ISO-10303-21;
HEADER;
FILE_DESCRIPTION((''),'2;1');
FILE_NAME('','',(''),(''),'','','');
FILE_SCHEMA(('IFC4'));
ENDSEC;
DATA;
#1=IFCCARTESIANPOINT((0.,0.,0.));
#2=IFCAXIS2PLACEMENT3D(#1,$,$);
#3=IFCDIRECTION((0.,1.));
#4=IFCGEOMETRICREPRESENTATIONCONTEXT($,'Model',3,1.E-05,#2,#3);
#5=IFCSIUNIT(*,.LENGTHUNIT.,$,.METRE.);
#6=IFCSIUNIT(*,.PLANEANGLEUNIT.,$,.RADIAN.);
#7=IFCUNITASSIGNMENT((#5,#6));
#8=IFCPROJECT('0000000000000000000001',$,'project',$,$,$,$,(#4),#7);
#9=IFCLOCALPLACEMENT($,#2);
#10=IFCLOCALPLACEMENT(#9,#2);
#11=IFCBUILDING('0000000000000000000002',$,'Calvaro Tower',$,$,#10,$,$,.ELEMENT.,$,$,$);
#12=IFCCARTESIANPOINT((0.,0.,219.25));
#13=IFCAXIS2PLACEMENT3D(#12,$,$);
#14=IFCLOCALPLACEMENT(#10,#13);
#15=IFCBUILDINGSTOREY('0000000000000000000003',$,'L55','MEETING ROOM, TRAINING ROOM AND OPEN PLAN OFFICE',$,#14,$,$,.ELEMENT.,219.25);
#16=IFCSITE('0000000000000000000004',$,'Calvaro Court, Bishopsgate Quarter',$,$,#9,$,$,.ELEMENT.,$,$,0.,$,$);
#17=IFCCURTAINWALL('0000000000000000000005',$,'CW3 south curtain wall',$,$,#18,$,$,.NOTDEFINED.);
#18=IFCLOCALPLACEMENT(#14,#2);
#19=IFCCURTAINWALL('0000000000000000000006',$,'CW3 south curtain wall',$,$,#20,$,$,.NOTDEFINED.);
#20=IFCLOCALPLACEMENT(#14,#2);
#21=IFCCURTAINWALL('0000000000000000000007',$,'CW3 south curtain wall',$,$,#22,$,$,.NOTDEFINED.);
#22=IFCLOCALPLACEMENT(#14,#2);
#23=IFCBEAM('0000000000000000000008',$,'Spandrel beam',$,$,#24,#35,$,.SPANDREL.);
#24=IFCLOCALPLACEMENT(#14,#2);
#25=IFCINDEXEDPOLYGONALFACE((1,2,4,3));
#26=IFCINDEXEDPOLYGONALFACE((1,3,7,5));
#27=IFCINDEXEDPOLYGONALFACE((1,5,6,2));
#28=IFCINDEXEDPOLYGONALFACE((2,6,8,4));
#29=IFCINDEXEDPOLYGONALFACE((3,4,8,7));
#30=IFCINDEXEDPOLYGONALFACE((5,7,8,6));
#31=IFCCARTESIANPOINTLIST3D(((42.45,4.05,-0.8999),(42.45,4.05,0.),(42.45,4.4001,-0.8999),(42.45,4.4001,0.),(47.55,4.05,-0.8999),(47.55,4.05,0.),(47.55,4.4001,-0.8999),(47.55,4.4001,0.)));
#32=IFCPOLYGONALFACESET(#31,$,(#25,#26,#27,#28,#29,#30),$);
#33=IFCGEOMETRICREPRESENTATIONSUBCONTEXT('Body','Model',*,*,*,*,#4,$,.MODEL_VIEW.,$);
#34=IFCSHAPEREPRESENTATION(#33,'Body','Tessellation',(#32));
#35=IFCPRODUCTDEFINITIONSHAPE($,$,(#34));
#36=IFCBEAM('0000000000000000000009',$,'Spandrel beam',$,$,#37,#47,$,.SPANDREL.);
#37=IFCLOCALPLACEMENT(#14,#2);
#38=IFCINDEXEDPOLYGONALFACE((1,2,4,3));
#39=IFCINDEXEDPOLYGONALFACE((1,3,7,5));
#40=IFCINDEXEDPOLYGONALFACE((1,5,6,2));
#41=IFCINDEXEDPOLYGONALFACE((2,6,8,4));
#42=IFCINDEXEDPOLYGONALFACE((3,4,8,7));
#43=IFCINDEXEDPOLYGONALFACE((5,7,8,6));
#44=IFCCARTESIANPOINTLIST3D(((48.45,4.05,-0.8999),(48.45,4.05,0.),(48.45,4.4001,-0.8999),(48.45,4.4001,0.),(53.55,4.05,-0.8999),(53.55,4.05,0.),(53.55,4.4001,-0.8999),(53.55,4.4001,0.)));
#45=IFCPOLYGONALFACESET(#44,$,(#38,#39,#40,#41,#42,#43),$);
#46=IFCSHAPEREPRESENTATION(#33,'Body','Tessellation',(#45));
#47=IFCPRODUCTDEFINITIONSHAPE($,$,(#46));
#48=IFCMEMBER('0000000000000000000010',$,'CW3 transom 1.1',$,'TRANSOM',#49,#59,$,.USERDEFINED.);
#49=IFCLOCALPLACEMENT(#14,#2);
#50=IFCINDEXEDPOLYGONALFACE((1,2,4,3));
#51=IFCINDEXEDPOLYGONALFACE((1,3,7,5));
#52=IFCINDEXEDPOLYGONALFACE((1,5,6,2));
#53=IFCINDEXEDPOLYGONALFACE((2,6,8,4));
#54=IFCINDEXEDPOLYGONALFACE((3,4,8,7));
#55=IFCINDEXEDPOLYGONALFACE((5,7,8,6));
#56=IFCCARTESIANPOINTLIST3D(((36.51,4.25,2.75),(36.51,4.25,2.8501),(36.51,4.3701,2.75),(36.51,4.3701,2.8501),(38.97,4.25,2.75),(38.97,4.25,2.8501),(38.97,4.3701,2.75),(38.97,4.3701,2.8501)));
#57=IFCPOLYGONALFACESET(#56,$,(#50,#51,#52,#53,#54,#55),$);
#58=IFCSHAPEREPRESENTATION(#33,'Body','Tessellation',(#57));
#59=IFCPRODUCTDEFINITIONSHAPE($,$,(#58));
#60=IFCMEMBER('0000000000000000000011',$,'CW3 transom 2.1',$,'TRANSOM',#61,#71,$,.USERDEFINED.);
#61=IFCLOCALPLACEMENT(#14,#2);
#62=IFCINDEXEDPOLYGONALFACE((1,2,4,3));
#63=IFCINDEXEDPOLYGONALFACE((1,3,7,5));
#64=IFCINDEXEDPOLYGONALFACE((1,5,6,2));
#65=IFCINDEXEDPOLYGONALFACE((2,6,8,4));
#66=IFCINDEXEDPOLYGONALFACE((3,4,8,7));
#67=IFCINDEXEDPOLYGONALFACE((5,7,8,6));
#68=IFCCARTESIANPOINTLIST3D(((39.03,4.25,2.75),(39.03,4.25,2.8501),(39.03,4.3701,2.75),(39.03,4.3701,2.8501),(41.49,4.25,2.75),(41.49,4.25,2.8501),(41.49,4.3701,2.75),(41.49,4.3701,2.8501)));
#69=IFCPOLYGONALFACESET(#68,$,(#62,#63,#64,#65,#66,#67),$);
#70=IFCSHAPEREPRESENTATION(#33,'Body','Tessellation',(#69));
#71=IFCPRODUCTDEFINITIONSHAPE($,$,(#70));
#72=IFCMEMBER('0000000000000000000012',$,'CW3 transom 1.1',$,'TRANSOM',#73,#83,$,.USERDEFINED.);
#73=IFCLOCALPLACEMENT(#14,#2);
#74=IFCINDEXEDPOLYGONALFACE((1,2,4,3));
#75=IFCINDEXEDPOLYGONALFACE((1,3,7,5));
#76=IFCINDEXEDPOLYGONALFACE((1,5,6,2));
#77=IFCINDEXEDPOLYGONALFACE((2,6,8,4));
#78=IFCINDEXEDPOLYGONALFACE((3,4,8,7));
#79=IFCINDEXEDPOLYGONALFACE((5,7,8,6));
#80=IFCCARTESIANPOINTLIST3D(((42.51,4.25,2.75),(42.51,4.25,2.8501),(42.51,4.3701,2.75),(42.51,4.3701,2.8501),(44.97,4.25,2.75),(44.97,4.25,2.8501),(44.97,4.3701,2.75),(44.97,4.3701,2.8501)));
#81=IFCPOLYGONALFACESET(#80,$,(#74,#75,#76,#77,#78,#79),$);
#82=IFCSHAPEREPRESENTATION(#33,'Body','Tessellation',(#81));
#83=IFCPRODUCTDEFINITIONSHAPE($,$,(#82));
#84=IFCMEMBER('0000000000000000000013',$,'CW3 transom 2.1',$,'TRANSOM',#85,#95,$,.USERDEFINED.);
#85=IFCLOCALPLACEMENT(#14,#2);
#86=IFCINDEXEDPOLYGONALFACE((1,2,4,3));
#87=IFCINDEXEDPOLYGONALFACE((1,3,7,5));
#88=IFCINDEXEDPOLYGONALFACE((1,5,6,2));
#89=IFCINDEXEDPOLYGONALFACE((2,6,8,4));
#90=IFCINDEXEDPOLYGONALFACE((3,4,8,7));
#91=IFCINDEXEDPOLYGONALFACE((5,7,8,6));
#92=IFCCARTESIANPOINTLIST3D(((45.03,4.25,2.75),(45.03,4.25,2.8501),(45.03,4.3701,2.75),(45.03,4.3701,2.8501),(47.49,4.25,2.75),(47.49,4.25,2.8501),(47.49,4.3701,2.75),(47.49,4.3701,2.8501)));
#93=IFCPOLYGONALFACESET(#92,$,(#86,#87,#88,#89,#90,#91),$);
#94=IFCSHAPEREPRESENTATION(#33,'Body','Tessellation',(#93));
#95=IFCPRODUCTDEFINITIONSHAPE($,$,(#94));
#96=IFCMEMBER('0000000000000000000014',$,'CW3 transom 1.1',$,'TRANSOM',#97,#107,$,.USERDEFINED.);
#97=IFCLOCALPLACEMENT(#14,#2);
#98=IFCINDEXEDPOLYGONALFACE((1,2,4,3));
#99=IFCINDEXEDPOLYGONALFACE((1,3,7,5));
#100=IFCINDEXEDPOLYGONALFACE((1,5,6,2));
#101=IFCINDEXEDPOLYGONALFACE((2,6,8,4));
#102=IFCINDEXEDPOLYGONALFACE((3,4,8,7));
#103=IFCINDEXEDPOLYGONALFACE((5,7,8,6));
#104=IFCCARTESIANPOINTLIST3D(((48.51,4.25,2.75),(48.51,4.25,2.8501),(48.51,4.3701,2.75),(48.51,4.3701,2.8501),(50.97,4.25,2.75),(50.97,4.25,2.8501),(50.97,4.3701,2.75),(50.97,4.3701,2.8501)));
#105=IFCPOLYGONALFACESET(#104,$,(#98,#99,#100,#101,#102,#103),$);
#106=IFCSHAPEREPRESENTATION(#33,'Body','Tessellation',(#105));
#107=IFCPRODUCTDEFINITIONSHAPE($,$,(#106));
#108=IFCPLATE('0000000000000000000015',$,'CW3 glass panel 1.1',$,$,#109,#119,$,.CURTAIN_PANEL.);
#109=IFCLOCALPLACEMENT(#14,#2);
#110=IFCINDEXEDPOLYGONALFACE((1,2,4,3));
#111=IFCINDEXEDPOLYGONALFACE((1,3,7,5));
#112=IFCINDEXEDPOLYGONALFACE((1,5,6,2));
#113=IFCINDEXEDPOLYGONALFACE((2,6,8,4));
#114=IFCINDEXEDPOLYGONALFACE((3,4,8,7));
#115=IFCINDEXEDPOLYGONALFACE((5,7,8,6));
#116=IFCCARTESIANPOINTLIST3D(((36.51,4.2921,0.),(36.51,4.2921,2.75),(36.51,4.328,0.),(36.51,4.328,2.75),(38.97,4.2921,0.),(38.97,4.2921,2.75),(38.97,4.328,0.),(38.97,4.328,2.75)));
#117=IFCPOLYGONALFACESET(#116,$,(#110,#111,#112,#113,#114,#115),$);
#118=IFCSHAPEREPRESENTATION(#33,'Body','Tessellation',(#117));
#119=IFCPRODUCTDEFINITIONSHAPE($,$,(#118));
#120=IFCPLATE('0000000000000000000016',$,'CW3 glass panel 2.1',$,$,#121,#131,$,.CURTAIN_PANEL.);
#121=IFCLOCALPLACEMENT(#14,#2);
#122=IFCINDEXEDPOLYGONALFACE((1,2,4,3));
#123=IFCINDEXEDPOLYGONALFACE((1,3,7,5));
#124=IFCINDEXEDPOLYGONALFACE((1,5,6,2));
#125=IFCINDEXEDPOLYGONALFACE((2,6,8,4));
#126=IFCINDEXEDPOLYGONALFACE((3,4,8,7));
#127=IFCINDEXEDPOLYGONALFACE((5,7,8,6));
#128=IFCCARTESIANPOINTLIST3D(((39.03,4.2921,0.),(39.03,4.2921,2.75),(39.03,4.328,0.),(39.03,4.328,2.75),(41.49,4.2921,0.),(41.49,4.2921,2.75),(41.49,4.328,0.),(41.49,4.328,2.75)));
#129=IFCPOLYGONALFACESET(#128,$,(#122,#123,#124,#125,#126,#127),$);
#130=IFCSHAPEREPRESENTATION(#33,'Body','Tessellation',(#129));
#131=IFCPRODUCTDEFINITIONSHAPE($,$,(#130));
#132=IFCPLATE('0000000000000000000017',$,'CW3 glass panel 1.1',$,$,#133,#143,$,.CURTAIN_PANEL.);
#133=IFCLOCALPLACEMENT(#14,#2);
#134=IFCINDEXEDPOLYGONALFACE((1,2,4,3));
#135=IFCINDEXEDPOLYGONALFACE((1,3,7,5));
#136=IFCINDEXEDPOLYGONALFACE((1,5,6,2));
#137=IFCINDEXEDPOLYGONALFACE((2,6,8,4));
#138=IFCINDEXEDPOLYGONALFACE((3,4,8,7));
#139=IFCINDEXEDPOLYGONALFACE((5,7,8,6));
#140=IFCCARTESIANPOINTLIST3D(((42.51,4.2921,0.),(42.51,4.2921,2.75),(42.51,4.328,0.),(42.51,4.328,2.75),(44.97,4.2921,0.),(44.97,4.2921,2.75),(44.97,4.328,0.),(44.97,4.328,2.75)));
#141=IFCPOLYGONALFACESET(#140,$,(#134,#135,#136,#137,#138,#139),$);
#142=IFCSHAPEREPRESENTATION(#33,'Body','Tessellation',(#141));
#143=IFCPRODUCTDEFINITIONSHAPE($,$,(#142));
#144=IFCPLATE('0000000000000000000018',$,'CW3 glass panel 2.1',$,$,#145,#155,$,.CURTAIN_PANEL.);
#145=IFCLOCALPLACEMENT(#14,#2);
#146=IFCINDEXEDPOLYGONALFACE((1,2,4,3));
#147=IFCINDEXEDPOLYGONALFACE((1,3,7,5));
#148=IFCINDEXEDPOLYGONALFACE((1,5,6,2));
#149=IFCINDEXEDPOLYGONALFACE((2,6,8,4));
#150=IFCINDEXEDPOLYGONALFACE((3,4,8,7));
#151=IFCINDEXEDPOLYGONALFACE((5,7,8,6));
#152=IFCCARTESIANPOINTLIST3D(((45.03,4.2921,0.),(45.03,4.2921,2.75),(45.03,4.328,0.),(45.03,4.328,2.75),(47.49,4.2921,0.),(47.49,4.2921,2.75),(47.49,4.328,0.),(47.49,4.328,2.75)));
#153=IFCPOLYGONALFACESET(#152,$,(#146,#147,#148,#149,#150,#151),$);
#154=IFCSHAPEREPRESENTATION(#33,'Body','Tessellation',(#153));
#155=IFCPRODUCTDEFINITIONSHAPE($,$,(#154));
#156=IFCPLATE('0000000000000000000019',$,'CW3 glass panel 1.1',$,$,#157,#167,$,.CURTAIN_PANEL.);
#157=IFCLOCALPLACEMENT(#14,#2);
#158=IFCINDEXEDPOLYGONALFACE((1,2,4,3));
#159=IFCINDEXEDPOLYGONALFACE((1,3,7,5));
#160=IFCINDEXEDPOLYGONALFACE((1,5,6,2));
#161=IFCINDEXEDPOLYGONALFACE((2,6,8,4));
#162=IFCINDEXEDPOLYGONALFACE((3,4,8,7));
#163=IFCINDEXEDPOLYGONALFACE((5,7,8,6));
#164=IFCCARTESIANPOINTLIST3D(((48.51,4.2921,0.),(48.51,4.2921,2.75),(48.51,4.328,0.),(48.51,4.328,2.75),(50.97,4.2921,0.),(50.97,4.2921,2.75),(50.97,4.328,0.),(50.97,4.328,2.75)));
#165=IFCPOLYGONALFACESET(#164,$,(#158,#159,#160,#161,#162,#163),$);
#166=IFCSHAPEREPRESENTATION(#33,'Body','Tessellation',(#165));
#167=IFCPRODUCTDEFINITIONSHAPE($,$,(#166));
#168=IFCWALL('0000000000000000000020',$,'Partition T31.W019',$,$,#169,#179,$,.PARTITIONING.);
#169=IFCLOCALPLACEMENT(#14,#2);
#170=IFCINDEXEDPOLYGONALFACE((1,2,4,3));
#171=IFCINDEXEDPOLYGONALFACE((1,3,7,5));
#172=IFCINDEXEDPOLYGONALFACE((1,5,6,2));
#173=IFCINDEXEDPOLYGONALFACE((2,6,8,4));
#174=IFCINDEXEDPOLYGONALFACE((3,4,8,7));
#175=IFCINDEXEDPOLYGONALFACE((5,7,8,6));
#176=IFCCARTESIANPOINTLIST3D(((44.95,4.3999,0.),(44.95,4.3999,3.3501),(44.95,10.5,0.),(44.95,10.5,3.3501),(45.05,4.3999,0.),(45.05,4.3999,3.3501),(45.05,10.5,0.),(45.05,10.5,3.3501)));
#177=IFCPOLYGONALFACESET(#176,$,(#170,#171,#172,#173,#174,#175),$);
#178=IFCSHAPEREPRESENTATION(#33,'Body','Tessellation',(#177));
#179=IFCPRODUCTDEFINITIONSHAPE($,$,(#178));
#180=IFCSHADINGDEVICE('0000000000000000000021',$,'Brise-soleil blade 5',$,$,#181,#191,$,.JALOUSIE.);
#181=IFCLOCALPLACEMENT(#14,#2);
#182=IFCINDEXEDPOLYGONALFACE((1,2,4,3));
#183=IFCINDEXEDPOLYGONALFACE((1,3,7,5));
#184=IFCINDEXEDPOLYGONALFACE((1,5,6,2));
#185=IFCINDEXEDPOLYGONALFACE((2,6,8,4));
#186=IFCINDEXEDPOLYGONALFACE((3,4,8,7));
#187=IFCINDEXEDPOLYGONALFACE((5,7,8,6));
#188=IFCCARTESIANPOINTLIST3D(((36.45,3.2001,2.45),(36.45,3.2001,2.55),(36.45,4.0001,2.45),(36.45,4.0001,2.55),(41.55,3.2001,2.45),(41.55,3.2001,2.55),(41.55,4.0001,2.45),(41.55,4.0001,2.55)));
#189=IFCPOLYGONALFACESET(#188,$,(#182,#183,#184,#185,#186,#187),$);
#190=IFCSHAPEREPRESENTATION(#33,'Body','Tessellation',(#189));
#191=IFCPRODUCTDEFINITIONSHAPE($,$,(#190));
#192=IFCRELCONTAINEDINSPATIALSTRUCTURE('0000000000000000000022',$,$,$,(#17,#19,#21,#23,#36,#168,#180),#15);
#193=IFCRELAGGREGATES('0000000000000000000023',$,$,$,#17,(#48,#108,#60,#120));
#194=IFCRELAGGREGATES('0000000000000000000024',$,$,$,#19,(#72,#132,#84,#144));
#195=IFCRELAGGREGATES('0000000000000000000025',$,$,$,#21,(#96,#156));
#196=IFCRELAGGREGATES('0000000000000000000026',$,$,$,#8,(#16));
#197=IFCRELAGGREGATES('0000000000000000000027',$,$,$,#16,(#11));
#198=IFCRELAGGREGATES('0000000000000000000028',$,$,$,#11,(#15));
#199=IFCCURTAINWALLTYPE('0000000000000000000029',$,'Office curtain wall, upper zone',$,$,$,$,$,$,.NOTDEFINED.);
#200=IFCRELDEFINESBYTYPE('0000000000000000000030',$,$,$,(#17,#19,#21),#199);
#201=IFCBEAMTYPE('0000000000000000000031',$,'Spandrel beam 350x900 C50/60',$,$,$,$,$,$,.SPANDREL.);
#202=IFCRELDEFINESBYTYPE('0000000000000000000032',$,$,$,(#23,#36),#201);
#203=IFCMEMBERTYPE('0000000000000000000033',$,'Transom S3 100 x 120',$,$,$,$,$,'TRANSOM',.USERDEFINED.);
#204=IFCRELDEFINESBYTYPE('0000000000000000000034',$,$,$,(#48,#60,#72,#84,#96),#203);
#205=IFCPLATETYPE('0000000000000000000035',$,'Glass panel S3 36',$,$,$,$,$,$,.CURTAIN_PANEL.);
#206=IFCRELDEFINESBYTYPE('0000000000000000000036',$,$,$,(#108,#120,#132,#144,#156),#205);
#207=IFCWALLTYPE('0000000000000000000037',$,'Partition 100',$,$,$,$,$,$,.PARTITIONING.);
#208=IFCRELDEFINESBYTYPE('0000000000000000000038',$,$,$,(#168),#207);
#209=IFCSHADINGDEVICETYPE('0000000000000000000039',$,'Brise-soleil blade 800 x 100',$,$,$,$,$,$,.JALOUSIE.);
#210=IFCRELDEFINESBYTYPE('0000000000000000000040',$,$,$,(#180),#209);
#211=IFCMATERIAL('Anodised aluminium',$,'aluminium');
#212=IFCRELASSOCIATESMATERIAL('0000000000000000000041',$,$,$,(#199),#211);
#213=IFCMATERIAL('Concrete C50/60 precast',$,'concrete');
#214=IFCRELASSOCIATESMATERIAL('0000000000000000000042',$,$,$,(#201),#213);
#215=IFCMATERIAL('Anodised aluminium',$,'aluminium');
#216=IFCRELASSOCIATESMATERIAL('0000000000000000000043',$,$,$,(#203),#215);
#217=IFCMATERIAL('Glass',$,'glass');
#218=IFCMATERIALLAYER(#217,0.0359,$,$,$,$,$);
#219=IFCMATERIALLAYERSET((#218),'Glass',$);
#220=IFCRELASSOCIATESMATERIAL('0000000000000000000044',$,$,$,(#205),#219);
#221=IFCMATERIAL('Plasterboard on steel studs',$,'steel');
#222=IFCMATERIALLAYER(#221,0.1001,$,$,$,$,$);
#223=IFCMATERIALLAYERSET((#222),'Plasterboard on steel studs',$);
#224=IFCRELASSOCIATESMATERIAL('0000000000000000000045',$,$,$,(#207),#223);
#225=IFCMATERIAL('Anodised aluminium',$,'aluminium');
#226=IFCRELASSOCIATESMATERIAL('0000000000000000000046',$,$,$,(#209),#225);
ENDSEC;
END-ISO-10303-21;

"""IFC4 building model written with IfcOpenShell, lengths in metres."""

from ifc_helpers import new_model, si_unit, direction, frame, frame_2d, origin, origin_2d, place, context, subcontext, project, spatial, rectangle, extrude, material, layer, layer_set, material_profile, profile_set, type_object, element, aggregate, save


model = new_model("IFC4")

# Units and contexts
model_context = context("Model", 3, precision=1e-05, world=origin(), true_north=direction((0.0, 1.0)))
body_context = subcontext(model_context, "Body", "Model", "MODEL_VIEW")
ifc_project = project(units=[si_unit("LENGTHUNIT", "METRE"), si_unit("PLANEANGLEUNIT", "RADIAN")], contexts=[model_context])

# Site, building, storey
site_placement = place(None, origin())
site = spatial("IfcSite", under=ifc_project, at=site_placement, Name="Calvaro Court, Bishopsgate Quarter", CompositionType="ELEMENT", RefElevation=0.0)
building_placement = place(site_placement, origin())
building = spatial("IfcBuilding", under=site, at=building_placement, Name="Calvaro Tower", CompositionType="ELEMENT")
storey_placement = place(building_placement, frame((0.0, 0.0, 219.25)))
storey = spatial("IfcBuildingStorey", under=building, at=storey_placement, Name="L55", Description="MEETING ROOM, TRAINING ROOM AND OPEN PLAN OFFICE", CompositionType="ELEMENT", Elevation=219.25)

# Shared definitions
ifc_material_1 = material(Name="Anodised aluminium", Category="aluminium")
curtain_wall_type = type_object("IfcCurtainWallType", Name="Office curtain wall, upper zone", PredefinedType="NOTDEFINED", material=ifc_material_1)

# Curtain walls
curtain_wall_1_placement = place(storey_placement, origin())
curtain_wall_1 = element("IfcCurtainWall", 1, at=curtain_wall_1_placement, inside=storey, type_object=curtain_wall_type, Name="CW3 south curtain wall", PredefinedType="NOTDEFINED")
curtain_wall_2_placement = place(storey_placement, origin())
curtain_wall_2 = element("IfcCurtainWall", 2, at=curtain_wall_2_placement, inside=storey, type_object=curtain_wall_type, Name="CW3 south curtain wall", PredefinedType="NOTDEFINED")
curtain_wall_3_placement = place(storey_placement, origin())
curtain_wall_3 = element("IfcCurtainWall", 3, at=curtain_wall_3_placement, inside=storey, type_object=curtain_wall_type, Name="CW3 south curtain wall", PredefinedType="NOTDEFINED")

# Beams
ifc_material_2 = material(Name="Concrete C50/60 precast", Category="concrete")
ifc_material_profile_1 = material_profile(ifc_material_2, rectangle(XDim=0.3501, YDim=0.8999, at=origin_2d()), Name="RC 350x900")
ifc_profile_set_1 = profile_set([ifc_material_profile_1], Name="Concrete C50/60 precast")
beam_type = type_object("IfcBeamType", Name="Spandrel beam 350x900 C50/60", PredefinedType="SPANDREL", material=ifc_profile_set_1)
for number, where, z_axis, x_axis, name in (
    (4, (42.45, 4.2251, -0.45), (1.0, 0.0, 0.0), (0.0, 1.0, 0.0), "Spandrel beam"),
    (5, (48.45, 4.2251, -0.45), (1.0, 0.0, 0.0), (0.0, 1.0, 0.0), "Spandrel beam"),
):
    element("IfcBeam", number, at=place(storey_placement, frame(where, z_axis=z_axis, x_axis=x_axis)), inside=storey, type_object=beam_type, Name=name, PredefinedType="SPANDREL", context=body_context, shape_type="SweptSolid", body=[
        extrude(rectangle(XDim=0.3501, YDim=0.8999, at=origin_2d()), origin(), (0.0, 0.0, 1.0), 5.1001),
    ])

# Members
ifc_material_3 = material(Name="Anodised aluminium", Category="aluminium")
ifc_material_profile_2 = material_profile(ifc_material_3, rectangle(XDim=0.1201, YDim=0.1001, at=origin_2d()), Name="Transom S3 100 x 120")
ifc_profile_set_2 = profile_set([ifc_material_profile_2], Name="Anodised aluminium")
member_type_1 = type_object("IfcMemberType", Name="Transom S3 100 x 120", ElementType="TRANSOM", PredefinedType="USERDEFINED", material=ifc_profile_set_2)
member_1_placement = place(storey_placement, frame((36.51, 4.3101, 2.8), z_axis=(1.0, 0.0, 0.0), x_axis=(0.0, 1.0, 0.0)))
member_1 = element("IfcMember", 6, at=member_1_placement, type_object=member_type_1, Name="CW3 transom 1.1", ObjectType="TRANSOM", PredefinedType="USERDEFINED", context=body_context, shape_type="SweptSolid", body=[
    extrude(rectangle(XDim=0.1201, YDim=0.1001, at=origin_2d()), origin(), (0.0, 0.0, 1.0), 2.46),
])
member_2_placement = place(storey_placement, frame((39.03, 4.3101, 2.8), z_axis=(1.0, 0.0, 0.0), x_axis=(0.0, 1.0, 0.0)))
member_2 = element("IfcMember", 7, at=member_2_placement, type_object=member_type_1, Name="CW3 transom 2.1", ObjectType="TRANSOM", PredefinedType="USERDEFINED", context=body_context, shape_type="SweptSolid", body=[
    extrude(rectangle(XDim=0.1201, YDim=0.1001, at=origin_2d()), origin(), (0.0, 0.0, 1.0), 2.46),
])
member_3_placement = place(storey_placement, frame((42.51, 4.3101, 2.8), z_axis=(1.0, 0.0, 0.0), x_axis=(0.0, 1.0, 0.0)))
member_3 = element("IfcMember", 8, at=member_3_placement, type_object=member_type_1, Name="CW3 transom 1.1", ObjectType="TRANSOM", PredefinedType="USERDEFINED", context=body_context, shape_type="SweptSolid", body=[
    extrude(rectangle(XDim=0.1201, YDim=0.1001, at=origin_2d()), origin(), (0.0, 0.0, 1.0), 2.46),
])
member_4_placement = place(storey_placement, frame((45.03, 4.3101, 2.8), z_axis=(1.0, 0.0, 0.0), x_axis=(0.0, 1.0, 0.0)))
member_4 = element("IfcMember", 9, at=member_4_placement, type_object=member_type_1, Name="CW3 transom 2.1", ObjectType="TRANSOM", PredefinedType="USERDEFINED", context=body_context, shape_type="SweptSolid", body=[
    extrude(rectangle(XDim=0.1201, YDim=0.1001, at=origin_2d()), origin(), (0.0, 0.0, 1.0), 2.46),
])
member_5_placement = place(storey_placement, frame((48.51, 4.3101, 2.8), z_axis=(1.0, 0.0, 0.0), x_axis=(0.0, 1.0, 0.0)))
member_5 = element("IfcMember", 10, at=member_5_placement, type_object=member_type_1, Name="CW3 transom 1.1", ObjectType="TRANSOM", PredefinedType="USERDEFINED", context=body_context, shape_type="SweptSolid", body=[
    extrude(rectangle(XDim=0.1201, YDim=0.1001, at=origin_2d()), origin(), (0.0, 0.0, 1.0), 2.46),
])

# Plates
ifc_material_4 = material(Name="Glass", Category="glass")
ifc_layer_1 = layer(ifc_material_4, 0.0359)
ifc_layer_set_1 = layer_set([ifc_layer_1], Name="Glass")
plate_type = type_object("IfcPlateType", Name="Glass panel S3 36", PredefinedType="CURTAIN_PANEL", material=ifc_layer_set_1)
plate_1_placement = place(storey_placement, frame((37.74, 4.3101, 0.0), z_axis=(0.0, 0.0, 1.0), x_axis=(1.0, 0.0, 0.0)))
plate_1 = element("IfcPlate", 11, at=plate_1_placement, type_object=plate_type, Name="CW3 glass panel 1.1", PredefinedType="CURTAIN_PANEL", context=body_context, shape_type="SweptSolid", body=[
    extrude(rectangle(XDim=2.46, YDim=0.0359, at=origin_2d()), origin(), (0.0, 0.0, 1.0), 2.75),
])
plate_2_placement = place(storey_placement, frame((40.26, 4.3101, 0.0), z_axis=(0.0, 0.0, 1.0), x_axis=(1.0, 0.0, 0.0)))
plate_2 = element("IfcPlate", 12, at=plate_2_placement, type_object=plate_type, Name="CW3 glass panel 2.1", PredefinedType="CURTAIN_PANEL", context=body_context, shape_type="SweptSolid", body=[
    extrude(rectangle(XDim=2.46, YDim=0.0359, at=origin_2d()), origin(), (0.0, 0.0, 1.0), 2.75),
])
aggregate(curtain_wall_1, [member_1, plate_1, member_2, plate_2])
plate_3_placement = place(storey_placement, frame((43.74, 4.3101, 0.0), z_axis=(0.0, 0.0, 1.0), x_axis=(1.0, 0.0, 0.0)))
plate_3 = element("IfcPlate", 13, at=plate_3_placement, type_object=plate_type, Name="CW3 glass panel 1.1", PredefinedType="CURTAIN_PANEL", context=body_context, shape_type="SweptSolid", body=[
    extrude(rectangle(XDim=2.46, YDim=0.0359, at=origin_2d()), origin(), (0.0, 0.0, 1.0), 2.75),
])
plate_4_placement = place(storey_placement, frame((46.26, 4.3101, 0.0), z_axis=(0.0, 0.0, 1.0), x_axis=(1.0, 0.0, 0.0)))
plate_4 = element("IfcPlate", 14, at=plate_4_placement, type_object=plate_type, Name="CW3 glass panel 2.1", PredefinedType="CURTAIN_PANEL", context=body_context, shape_type="SweptSolid", body=[
    extrude(rectangle(XDim=2.46, YDim=0.0359, at=origin_2d()), origin(), (0.0, 0.0, 1.0), 2.75),
])
aggregate(curtain_wall_2, [member_3, plate_3, member_4, plate_4])
plate_5_placement = place(storey_placement, frame((49.74, 4.3101, 0.0), z_axis=(0.0, 0.0, 1.0), x_axis=(1.0, 0.0, 0.0)))
plate_5 = element("IfcPlate", 15, at=plate_5_placement, type_object=plate_type, Name="CW3 glass panel 1.1", PredefinedType="CURTAIN_PANEL", context=body_context, shape_type="SweptSolid", body=[
    extrude(rectangle(XDim=2.46, YDim=0.0359, at=origin_2d()), origin(), (0.0, 0.0, 1.0), 2.75),
])
aggregate(curtain_wall_3, [member_5, plate_5])

# Wall
ifc_material_5 = material(Name="Plasterboard on steel studs", Category="steel")
ifc_layer_2 = layer(ifc_material_5, 0.1001)
ifc_layer_set_2 = layer_set([ifc_layer_2], Name="Plasterboard on steel studs")
wall_type = type_object("IfcWallType", Name="Partition 100", PredefinedType="PARTITIONING", material=ifc_layer_set_2)
wall_placement = place(storey_placement, frame((45.0, 4.3999, 0.0), z_axis=(0.0, 0.0, 1.0), x_axis=(0.0, 1.0, 0.0)))
element("IfcWall", 16, at=wall_placement, inside=storey, type_object=wall_type, Name="Partition T31.W019", PredefinedType="PARTITIONING", context=body_context, shape_type="SweptSolid", body=[
    extrude(rectangle(XDim=6.1001, YDim=0.1001, at=frame_2d((3.05, 0.0))), origin(), (0.0, 0.0, 1.0), 3.3501),
])

# Shading device
ifc_material_6 = material(Name="Anodised aluminium", Category="aluminium")
ifc_material_profile_3 = material_profile(ifc_material_6, rectangle(XDim=0.8, YDim=0.1001, at=origin_2d()), Name="Brise-soleil blade 800 x 100")
ifc_profile_set_3 = profile_set([ifc_material_profile_3], Name="Anodised aluminium")
shading_device_type = type_object("IfcShadingDeviceType", Name="Brise-soleil blade 800 x 100", PredefinedType="JALOUSIE", material=ifc_profile_set_3)
for number, where, z_axis, x_axis, name in (
    (17, (36.45, 3.6001, 2.5), (1.0, 0.0, 0.0), (0.0, 1.0, 0.0), "Brise-soleil blade 5"),
):
    element("IfcShadingDevice", number, at=place(storey_placement, frame(where, z_axis=z_axis, x_axis=x_axis)), inside=storey, type_object=shading_device_type, Name=name, PredefinedType="JALOUSIE", context=body_context, shape_type="SweptSolid", body=[
        extrude(rectangle(XDim=0.8, YDim=0.1001, at=origin_2d()), origin(), (0.0, 0.0, 1.0), 5.1001),
    ])

save(model, "model.ifc")
